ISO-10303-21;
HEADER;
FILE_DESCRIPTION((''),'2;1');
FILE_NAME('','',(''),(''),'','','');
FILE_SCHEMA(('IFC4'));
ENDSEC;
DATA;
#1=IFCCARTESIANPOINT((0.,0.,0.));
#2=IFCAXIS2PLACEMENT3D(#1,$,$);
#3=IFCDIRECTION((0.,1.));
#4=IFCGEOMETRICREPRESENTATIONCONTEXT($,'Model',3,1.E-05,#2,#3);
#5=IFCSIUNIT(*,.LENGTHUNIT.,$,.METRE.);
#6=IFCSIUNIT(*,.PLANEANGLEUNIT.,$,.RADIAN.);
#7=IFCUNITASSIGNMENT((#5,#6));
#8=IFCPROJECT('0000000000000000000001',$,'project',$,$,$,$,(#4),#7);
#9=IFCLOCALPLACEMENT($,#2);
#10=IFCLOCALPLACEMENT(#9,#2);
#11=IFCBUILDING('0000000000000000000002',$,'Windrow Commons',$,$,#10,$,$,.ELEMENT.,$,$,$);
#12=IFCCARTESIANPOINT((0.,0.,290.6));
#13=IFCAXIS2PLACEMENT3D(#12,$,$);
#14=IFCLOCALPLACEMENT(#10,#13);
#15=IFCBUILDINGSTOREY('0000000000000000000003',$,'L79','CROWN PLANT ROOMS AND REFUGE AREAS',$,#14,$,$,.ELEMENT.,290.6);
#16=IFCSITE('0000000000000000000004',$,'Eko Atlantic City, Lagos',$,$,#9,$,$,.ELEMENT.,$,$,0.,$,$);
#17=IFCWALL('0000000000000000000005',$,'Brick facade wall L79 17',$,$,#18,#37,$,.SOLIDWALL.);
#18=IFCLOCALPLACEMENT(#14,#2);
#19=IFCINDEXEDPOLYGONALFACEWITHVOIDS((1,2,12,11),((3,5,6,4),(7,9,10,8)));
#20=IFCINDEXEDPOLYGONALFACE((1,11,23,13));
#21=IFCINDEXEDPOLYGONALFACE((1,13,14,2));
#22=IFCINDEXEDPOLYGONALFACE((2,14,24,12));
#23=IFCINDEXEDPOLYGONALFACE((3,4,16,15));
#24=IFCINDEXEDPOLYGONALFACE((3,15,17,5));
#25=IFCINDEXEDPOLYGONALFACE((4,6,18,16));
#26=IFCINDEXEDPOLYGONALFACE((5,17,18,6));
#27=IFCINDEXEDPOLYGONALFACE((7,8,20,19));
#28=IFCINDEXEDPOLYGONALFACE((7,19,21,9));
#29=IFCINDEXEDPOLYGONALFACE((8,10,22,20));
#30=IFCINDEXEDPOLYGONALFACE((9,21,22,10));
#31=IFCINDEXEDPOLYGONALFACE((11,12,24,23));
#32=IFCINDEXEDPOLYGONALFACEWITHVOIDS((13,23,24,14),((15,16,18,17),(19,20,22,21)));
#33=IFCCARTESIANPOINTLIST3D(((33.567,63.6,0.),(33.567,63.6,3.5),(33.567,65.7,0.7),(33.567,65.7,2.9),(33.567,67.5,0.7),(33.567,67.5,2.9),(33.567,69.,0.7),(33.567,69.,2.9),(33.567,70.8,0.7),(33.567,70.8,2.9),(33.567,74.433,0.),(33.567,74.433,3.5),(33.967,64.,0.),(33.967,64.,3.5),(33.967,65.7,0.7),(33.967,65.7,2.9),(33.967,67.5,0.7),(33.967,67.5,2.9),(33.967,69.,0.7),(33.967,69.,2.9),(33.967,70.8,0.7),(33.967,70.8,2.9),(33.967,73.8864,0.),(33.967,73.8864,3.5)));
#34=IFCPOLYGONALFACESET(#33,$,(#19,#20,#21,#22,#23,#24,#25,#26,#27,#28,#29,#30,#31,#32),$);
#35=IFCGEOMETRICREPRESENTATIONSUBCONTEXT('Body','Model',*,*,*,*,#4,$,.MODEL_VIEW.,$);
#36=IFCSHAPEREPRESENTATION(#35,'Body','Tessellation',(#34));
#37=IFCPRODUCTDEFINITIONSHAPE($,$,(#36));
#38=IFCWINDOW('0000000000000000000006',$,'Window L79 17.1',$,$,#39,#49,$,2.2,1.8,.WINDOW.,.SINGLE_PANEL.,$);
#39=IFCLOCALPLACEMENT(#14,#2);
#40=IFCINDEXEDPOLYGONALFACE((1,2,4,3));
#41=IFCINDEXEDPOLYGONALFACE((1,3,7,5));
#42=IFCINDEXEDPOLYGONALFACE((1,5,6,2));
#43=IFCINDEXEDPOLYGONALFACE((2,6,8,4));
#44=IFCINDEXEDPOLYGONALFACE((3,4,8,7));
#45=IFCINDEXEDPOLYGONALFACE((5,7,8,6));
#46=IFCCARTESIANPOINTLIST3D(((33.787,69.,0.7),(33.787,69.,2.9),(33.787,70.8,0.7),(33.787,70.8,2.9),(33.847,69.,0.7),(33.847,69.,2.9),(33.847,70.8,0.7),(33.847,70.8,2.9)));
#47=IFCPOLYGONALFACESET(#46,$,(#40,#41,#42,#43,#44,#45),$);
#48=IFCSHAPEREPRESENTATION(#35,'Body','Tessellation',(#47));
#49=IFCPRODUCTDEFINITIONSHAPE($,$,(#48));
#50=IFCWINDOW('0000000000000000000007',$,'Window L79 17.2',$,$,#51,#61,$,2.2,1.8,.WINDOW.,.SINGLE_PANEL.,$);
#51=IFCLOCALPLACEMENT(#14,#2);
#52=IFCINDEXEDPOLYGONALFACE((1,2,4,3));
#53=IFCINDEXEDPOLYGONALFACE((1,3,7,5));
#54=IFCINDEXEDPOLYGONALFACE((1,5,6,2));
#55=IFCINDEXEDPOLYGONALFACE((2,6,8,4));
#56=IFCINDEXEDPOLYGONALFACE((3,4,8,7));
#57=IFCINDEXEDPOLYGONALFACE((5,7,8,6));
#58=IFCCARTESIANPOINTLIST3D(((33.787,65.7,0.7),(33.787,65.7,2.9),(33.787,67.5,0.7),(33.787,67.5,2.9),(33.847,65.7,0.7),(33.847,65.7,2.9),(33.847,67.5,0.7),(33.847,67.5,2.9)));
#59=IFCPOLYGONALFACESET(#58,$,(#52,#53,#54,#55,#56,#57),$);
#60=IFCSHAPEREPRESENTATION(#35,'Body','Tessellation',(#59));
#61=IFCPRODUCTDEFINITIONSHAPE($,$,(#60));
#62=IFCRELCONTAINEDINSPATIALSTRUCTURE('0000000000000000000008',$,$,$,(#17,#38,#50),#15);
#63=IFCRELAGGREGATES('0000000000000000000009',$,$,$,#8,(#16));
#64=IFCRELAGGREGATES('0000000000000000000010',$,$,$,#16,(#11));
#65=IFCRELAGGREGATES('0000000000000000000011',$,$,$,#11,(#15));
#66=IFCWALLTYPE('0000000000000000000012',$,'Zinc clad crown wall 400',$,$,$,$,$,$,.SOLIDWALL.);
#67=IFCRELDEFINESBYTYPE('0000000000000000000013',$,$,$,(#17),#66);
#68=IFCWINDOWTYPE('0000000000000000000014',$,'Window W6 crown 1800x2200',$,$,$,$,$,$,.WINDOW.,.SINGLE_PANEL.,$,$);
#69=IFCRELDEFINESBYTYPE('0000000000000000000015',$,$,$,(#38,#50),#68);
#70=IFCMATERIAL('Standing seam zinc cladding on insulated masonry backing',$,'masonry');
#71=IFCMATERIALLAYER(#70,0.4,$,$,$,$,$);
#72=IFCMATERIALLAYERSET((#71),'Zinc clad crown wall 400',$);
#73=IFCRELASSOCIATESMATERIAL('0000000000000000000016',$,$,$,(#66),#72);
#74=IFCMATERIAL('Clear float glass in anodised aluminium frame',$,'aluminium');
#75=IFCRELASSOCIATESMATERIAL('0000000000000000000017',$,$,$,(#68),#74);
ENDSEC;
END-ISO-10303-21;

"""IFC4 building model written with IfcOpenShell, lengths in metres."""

from ifc_helpers import new_model, si_unit, direction, frame, frame_2d, origin, place, context, subcontext, project, spatial, polyline, rectangle, outline, extrude, material, layer, layer_set, type_object, element, fill, save


model = new_model("IFC4")

# Units and contexts
model_context = context("Model", 3, precision=1e-05, world=origin(), true_north=direction((0.0, 1.0)))
body_context = subcontext(model_context, "Body", "Model", "MODEL_VIEW")
ifc_project = project(units=[si_unit("LENGTHUNIT", "METRE"), si_unit("PLANEANGLEUNIT", "RADIAN")], contexts=[model_context])

# Site, building, storey
site_placement = place(None, origin())
site = spatial("IfcSite", under=ifc_project, at=site_placement, Name="Eko Atlantic City, Lagos", CompositionType="ELEMENT", RefElevation=0.0)
building_placement = place(site_placement, origin())
building = spatial("IfcBuilding", under=site, at=building_placement, Name="Windrow Commons", CompositionType="ELEMENT")
storey_placement = place(building_placement, frame((0.0, 0.0, 290.6)))
storey = spatial("IfcBuildingStorey", under=building, at=storey_placement, Name="L79", Description="CROWN PLANT ROOMS AND REFUGE AREAS", CompositionType="ELEMENT", Elevation=290.6)

# Shared definitions
ifc_material_1 = material(Name="Standing seam zinc cladding on insulated masonry backing", Category="masonry")
ifc_layer_1 = layer(ifc_material_1, 0.4)
ifc_layer_set_1 = layer_set([ifc_layer_1], Name="Zinc clad crown wall 400")
wall_type_1 = type_object("IfcWallType", Name="Zinc clad crown wall 400", PredefinedType="SOLIDWALL", material=ifc_layer_set_1)

# Wall, openings, windows
wall_1_placement = place(storey_placement, frame((33.767, 74.1597, 0.0), z_axis=(0.0, 0.0, 1.0), x_axis=(0.0, -1.0, 0.0)))
wall_1 = element("IfcWall", 1, at=wall_1_placement, inside=storey, type_object=wall_type_1, Name="Brick facade wall L79 17", PredefinedType="SOLIDWALL", context=body_context, shape_type="SweptSolid", body=[
    extrude(outline(polyline([(-0.2733, -0.2), (10.5597, -0.2), (10.1597, 0.2), (0.2733, 0.2), (-0.2733, -0.2)])), origin(), (0.0, 0.0, 1.0), 3.5),
])
opening_1_placement = place(wall_1_placement, frame((3.3597, 0.0, 0.7)))
opening_1 = element("IfcOpeningElement", 2, at=opening_1_placement, cuts=wall_1, PredefinedType="OPENING", context=body_context, shape_type="SweptSolid", body=[
    extrude(rectangle(XDim=1.8, YDim=2.2, at=frame_2d((0.9, 1.1))), frame((0.0, 0.21, 0.0), z_axis=(0.0, -1.0, 0.0), x_axis=(1.0, 0.0, 0.0)), (0.0, 0.0, 1.0), 0.42),
])
opening_2_placement = place(wall_1_placement, frame((6.6597, 0.0, 0.7)))
opening_2 = element("IfcOpeningElement", 3, at=opening_2_placement, cuts=wall_1, PredefinedType="OPENING", context=body_context, shape_type="SweptSolid", body=[
    extrude(rectangle(XDim=1.8, YDim=2.2, at=frame_2d((0.9, 1.1))), frame((0.0, 0.21, 0.0), z_axis=(0.0, -1.0, 0.0), x_axis=(1.0, 0.0, 0.0)), (0.0, 0.0, 1.0), 0.42),
])
ifc_material_2 = material(Name="Clear float glass in anodised aluminium frame", Category="aluminium")
window_type = type_object("IfcWindowType", Name="Window W6 crown 1800x2200", PartitioningType="SINGLE_PANEL", PredefinedType="WINDOW", material=ifc_material_2)
window_1_placement = place(opening_1_placement, origin())
window_1 = element("IfcWindow", 4, at=window_1_placement, inside=storey, type_object=window_type, Name="Window L79 17.1", OverallHeight=2.2, OverallWidth=1.8, PartitioningType="SINGLE_PANEL", PredefinedType="WINDOW", context=body_context, shape_type="SweptSolid", body=[
    extrude(rectangle(XDim=1.8, YDim=2.2, at=frame_2d((0.9, 1.1))), frame((0.0, 0.08, 0.0), z_axis=(0.0, -1.0, 0.0), x_axis=(1.0, 0.0, 0.0)), (0.0, 0.0, 1.0), 0.06),
])
fill(opening_1, window_1)
window_2_placement = place(opening_2_placement, origin())
window_2 = element("IfcWindow", 5, at=window_2_placement, inside=storey, type_object=window_type, Name="Window L79 17.2", OverallHeight=2.2, OverallWidth=1.8, PartitioningType="SINGLE_PANEL", PredefinedType="WINDOW", context=body_context, shape_type="SweptSolid", body=[
    extrude(rectangle(XDim=1.8, YDim=2.2, at=frame_2d((0.9, 1.1))), frame((0.0, 0.08, 0.0), z_axis=(0.0, -1.0, 0.0), x_axis=(1.0, 0.0, 0.0)), (0.0, 0.0, 1.0), 0.06),
])
fill(opening_2, window_2)

save(model, "model.ifc")
